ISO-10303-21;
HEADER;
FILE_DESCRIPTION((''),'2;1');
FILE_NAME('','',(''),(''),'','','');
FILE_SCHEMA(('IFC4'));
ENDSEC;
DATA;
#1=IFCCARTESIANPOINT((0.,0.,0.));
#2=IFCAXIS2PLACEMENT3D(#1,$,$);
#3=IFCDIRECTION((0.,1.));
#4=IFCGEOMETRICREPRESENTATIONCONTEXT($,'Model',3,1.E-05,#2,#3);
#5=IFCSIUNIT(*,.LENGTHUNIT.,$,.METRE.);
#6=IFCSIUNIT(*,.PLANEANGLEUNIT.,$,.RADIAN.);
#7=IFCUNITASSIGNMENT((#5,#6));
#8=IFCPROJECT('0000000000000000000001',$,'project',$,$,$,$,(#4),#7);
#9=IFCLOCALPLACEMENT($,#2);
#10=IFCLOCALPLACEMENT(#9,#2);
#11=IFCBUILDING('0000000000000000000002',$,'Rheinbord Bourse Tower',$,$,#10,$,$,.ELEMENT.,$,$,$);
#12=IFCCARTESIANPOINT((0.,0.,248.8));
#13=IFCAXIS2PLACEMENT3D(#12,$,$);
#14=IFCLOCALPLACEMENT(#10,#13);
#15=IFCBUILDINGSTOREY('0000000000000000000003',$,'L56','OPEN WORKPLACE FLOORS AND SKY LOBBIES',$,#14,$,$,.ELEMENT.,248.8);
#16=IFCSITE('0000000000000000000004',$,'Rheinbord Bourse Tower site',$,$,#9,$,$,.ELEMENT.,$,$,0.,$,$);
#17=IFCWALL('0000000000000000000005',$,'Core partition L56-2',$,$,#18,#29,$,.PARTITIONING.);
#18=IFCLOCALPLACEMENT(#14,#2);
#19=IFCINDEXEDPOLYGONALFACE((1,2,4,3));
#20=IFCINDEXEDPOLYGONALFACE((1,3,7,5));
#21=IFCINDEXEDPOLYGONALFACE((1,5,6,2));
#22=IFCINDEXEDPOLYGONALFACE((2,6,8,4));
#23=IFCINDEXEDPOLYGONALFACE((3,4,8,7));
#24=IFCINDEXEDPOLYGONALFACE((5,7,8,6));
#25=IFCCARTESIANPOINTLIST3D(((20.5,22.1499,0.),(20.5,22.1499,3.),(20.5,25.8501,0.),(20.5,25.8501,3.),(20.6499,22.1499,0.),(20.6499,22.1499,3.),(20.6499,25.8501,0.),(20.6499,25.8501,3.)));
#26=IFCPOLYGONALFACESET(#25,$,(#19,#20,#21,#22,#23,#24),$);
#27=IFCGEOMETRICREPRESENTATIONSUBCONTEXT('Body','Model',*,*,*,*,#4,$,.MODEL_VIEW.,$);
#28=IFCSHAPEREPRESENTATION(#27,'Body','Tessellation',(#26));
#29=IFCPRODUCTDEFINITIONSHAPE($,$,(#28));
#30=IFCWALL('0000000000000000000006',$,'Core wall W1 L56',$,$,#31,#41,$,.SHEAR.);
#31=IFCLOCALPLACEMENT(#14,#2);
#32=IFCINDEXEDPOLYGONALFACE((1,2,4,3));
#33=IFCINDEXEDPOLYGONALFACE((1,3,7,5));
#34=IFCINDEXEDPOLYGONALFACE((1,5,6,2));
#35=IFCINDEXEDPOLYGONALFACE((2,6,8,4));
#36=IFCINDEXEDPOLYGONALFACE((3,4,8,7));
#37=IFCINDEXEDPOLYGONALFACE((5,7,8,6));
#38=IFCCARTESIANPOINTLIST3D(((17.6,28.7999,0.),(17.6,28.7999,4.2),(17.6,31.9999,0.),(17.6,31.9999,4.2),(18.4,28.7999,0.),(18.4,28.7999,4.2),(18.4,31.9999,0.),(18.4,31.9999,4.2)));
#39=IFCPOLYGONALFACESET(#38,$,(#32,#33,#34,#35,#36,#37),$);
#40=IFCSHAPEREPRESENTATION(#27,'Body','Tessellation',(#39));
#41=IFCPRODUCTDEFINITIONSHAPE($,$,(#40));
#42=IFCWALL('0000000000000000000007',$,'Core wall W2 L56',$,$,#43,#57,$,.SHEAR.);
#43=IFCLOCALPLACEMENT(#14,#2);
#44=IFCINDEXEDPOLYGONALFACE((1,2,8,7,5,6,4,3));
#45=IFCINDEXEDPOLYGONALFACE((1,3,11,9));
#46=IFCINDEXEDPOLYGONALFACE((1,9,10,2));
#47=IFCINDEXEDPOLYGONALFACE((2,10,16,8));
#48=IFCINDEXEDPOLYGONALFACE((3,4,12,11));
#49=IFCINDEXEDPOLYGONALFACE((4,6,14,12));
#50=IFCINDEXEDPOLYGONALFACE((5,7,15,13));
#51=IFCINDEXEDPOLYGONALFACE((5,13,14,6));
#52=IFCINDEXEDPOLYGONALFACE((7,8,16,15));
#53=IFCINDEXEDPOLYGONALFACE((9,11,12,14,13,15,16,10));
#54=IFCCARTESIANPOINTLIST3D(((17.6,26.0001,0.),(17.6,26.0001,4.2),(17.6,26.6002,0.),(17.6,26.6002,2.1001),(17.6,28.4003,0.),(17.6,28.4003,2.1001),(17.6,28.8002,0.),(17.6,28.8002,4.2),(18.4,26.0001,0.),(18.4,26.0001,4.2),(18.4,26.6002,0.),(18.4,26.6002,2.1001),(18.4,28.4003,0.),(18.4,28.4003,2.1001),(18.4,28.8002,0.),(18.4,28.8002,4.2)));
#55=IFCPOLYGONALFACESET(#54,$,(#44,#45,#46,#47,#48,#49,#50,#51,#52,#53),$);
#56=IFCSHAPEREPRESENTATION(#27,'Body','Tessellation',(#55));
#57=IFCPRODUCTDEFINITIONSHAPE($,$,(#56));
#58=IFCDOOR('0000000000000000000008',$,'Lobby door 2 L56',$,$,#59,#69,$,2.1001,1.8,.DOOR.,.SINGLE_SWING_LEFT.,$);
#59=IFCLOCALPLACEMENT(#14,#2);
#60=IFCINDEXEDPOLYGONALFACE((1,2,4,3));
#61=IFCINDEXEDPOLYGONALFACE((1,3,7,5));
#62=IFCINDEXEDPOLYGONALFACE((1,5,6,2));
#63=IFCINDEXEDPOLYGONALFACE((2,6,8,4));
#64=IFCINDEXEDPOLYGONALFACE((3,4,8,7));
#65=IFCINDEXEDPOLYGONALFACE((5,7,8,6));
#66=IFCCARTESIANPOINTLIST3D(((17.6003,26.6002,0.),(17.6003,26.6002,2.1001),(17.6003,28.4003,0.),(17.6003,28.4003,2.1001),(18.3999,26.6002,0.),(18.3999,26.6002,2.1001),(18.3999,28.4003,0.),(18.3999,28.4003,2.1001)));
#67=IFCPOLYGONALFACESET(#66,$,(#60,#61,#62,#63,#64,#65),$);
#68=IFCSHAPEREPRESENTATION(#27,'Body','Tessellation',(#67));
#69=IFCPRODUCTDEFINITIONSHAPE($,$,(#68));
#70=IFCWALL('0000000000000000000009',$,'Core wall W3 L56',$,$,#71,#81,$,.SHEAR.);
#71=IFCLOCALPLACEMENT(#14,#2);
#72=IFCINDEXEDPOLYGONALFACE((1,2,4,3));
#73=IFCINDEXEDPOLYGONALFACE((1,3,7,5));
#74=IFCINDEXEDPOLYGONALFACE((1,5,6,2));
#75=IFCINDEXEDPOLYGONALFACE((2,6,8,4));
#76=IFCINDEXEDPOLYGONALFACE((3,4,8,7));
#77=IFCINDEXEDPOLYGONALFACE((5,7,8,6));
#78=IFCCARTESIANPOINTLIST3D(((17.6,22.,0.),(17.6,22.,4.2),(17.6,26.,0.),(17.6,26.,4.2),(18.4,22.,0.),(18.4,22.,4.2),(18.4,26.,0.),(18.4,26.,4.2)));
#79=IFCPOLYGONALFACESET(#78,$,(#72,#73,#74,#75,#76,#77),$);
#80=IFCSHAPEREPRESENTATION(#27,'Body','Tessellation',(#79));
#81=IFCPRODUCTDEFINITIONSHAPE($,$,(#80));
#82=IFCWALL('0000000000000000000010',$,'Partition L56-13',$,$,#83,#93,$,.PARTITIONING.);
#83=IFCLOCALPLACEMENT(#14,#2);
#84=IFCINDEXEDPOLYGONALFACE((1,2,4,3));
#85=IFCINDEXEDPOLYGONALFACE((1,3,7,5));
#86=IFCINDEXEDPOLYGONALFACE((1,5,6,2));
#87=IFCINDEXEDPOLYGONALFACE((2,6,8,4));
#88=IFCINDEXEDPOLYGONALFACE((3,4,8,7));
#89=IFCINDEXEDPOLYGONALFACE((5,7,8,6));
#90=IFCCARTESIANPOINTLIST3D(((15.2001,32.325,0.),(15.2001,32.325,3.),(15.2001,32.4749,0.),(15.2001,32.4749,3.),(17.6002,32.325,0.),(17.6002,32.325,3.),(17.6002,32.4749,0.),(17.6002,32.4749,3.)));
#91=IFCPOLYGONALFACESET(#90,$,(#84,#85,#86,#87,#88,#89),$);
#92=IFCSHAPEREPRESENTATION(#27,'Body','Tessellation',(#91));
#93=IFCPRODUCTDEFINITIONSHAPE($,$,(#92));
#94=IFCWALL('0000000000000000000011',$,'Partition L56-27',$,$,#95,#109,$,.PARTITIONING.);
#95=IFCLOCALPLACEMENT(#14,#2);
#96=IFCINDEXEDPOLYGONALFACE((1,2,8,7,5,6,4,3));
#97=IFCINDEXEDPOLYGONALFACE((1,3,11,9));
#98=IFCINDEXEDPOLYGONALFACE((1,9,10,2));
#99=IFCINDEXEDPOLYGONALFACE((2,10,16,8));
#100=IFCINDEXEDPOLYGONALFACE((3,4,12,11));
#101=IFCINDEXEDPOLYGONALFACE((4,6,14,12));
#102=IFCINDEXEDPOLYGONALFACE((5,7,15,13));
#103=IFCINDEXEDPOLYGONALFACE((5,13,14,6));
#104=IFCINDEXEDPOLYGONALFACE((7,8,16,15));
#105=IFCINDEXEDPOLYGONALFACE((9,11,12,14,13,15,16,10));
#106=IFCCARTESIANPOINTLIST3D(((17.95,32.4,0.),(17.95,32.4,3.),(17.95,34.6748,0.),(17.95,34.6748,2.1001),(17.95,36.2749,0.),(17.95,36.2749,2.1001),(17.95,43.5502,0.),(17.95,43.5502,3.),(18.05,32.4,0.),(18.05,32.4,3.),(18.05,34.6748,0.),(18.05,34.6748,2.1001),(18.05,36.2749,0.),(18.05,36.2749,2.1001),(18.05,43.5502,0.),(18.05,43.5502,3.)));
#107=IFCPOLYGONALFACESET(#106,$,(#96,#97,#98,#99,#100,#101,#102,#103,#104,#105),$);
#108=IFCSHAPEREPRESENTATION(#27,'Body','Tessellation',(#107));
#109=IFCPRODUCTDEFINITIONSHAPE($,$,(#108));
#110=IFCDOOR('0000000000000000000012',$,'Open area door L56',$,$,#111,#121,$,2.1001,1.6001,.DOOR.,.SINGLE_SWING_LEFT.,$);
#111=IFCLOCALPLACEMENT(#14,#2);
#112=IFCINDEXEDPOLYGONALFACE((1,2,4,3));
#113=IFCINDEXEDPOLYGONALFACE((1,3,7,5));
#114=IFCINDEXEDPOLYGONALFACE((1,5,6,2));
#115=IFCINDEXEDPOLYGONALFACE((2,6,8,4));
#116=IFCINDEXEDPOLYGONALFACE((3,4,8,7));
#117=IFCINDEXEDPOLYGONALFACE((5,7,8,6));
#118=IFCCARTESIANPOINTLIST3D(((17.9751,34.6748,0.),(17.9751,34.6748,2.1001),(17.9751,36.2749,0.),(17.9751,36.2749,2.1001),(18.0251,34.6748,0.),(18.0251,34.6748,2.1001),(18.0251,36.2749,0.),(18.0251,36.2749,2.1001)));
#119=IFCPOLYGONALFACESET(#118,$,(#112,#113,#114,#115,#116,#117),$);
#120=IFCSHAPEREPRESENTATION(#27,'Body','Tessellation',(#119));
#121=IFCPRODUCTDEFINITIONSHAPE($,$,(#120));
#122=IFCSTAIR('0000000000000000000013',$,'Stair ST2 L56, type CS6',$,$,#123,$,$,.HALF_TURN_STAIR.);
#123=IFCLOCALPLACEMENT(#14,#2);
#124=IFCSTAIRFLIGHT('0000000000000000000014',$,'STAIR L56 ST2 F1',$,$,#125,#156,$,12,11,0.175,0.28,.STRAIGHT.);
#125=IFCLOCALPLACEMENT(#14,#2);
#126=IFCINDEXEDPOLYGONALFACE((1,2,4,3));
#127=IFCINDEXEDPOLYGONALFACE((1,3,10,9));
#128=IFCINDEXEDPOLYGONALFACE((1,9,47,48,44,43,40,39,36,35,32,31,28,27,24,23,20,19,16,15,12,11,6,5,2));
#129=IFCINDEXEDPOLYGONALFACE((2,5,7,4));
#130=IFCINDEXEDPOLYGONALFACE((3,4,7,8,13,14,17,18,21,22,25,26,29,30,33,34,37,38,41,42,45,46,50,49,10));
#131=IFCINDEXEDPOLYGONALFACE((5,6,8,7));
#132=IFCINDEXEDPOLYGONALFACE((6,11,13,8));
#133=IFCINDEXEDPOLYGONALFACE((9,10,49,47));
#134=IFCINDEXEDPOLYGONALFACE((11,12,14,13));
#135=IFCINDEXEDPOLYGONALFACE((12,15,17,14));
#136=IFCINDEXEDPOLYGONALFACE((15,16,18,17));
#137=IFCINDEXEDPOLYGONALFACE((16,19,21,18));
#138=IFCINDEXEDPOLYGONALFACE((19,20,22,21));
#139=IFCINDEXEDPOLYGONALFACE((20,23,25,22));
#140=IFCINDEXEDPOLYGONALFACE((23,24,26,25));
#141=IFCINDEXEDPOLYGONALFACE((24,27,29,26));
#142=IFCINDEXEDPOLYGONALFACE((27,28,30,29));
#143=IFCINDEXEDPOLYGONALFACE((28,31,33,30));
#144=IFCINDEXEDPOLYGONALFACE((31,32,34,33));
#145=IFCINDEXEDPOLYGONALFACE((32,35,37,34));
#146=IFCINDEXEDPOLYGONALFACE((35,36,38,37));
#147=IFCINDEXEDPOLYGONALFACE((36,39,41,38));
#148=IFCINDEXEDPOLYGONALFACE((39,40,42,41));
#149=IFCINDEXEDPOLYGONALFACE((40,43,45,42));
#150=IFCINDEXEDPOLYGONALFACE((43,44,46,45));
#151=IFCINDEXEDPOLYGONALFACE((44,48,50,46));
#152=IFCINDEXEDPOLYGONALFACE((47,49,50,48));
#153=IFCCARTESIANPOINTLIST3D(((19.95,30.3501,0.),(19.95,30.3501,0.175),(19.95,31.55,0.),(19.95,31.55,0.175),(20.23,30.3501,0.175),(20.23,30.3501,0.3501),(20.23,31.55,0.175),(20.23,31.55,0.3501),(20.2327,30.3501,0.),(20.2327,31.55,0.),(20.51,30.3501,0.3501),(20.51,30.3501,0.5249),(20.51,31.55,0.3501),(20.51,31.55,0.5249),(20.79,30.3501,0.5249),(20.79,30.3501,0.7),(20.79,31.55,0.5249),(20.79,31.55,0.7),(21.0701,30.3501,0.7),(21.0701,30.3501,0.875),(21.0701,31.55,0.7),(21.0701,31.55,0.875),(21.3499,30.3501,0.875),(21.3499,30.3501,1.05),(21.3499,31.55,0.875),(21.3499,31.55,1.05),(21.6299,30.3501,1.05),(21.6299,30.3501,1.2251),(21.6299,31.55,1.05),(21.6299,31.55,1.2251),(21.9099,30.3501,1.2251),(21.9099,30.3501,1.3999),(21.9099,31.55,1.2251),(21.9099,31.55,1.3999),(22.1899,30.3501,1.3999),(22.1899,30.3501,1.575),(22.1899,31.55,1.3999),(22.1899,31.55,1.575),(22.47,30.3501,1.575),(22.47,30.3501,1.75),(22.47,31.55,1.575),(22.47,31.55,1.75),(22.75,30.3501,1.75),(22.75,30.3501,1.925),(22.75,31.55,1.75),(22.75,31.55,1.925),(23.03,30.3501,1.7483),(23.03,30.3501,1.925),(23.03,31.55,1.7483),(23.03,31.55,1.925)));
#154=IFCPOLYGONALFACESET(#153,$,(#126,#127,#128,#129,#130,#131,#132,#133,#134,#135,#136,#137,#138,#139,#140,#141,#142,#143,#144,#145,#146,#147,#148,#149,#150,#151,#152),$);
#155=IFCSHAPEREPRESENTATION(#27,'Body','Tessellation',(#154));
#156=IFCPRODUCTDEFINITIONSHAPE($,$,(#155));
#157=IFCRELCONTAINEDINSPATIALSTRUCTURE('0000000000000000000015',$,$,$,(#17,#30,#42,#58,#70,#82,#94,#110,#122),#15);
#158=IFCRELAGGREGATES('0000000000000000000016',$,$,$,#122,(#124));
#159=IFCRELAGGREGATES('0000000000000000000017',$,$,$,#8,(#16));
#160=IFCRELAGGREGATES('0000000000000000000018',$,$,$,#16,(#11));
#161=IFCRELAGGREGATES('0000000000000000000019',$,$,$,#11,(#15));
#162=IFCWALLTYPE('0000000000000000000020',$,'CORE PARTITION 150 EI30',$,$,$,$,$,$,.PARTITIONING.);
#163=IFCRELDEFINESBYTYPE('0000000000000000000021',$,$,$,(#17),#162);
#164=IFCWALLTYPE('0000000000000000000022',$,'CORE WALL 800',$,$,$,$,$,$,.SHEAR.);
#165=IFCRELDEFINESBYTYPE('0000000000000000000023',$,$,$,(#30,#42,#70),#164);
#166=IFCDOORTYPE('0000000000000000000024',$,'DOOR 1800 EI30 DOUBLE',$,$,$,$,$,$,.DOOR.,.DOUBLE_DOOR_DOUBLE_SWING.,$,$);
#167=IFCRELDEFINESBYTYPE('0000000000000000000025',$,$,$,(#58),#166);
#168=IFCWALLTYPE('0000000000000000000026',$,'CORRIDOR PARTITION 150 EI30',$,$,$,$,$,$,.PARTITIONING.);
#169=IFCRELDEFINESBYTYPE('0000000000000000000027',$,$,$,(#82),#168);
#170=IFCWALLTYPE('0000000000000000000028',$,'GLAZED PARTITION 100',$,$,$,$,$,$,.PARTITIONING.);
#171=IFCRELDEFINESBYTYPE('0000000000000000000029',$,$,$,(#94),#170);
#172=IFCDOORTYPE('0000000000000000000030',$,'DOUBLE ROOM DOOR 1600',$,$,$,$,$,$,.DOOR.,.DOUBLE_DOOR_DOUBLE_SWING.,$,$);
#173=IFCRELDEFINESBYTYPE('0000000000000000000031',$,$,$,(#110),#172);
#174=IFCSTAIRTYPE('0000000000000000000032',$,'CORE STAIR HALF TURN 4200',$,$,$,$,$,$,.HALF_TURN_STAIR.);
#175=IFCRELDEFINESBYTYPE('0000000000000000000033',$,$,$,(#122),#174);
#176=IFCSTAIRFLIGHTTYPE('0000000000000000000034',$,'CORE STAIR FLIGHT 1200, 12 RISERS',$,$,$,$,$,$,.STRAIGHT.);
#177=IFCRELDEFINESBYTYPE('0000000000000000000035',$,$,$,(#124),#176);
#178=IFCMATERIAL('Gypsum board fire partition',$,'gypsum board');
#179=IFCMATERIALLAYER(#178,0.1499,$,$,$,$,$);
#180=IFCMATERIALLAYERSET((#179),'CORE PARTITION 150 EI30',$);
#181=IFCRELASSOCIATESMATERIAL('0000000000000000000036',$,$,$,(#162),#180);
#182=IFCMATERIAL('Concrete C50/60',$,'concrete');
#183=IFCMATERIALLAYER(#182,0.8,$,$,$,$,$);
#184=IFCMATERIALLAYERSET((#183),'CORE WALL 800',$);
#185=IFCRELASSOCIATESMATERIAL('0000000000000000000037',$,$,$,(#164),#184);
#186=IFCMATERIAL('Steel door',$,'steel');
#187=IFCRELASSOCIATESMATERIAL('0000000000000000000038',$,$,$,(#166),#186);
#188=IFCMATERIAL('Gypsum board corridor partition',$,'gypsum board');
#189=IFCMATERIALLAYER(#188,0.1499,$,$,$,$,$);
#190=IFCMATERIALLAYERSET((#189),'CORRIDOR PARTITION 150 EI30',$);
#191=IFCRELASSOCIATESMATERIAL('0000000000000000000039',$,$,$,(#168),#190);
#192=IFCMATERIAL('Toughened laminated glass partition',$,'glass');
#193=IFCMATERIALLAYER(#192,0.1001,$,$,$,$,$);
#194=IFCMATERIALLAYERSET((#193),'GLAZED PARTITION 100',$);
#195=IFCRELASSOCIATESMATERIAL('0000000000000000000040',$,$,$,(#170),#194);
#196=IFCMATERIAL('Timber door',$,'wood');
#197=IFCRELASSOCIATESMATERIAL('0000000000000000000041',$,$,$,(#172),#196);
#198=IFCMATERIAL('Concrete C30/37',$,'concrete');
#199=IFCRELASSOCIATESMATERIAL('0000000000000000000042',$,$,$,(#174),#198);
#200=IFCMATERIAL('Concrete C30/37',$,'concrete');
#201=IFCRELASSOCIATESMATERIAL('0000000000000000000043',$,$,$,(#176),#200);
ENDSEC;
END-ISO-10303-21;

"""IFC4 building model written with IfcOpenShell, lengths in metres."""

from ifc_helpers import new_model, si_unit, direction, frame, frame_2d, origin, place, context, subcontext, project, spatial, polyline, rectangle, outline, extrude, material, layer, layer_set, type_object, element, fill, aggregate, save


model = new_model("IFC4")

# Units and contexts
model_context = context("Model", 3, precision=1e-05, world=origin(), true_north=direction((0.0, 1.0)))
body_context = subcontext(model_context, "Body", "Model", "MODEL_VIEW")
ifc_project = project(units=[si_unit("LENGTHUNIT", "METRE"), si_unit("PLANEANGLEUNIT", "RADIAN")], contexts=[model_context])

# Site, building, storey
site_placement = place(None, origin())
site = spatial("IfcSite", under=ifc_project, at=site_placement, Name="Rheinbord Bourse Tower site", CompositionType="ELEMENT", RefElevation=0.0)
building_placement = place(site_placement, origin())
building = spatial("IfcBuilding", under=site, at=building_placement, Name="Rheinbord Bourse Tower", CompositionType="ELEMENT")
storey_placement = place(building_placement, frame((0.0, 0.0, 248.8)))
storey = spatial("IfcBuildingStorey", under=building, at=storey_placement, Name="L56", Description="OPEN WORKPLACE FLOORS AND SKY LOBBIES", CompositionType="ELEMENT", Elevation=248.8)

# Walls
ifc_material_1 = material(Name="Gypsum board fire partition", Category="gypsum board")
ifc_layer_1 = layer(ifc_material_1, 0.1499)
ifc_layer_set_1 = layer_set([ifc_layer_1], Name="CORE PARTITION 150 EI30")
wall_type_1 = type_object("IfcWallType", Name="CORE PARTITION 150 EI30", PredefinedType="PARTITIONING", material=ifc_layer_set_1)
wall_1_placement = place(storey_placement, frame((20.575, 22.1499, 0.0), z_axis=(0.0, 0.0, 1.0), x_axis=(0.0, 1.0, 0.0)))
element("IfcWall", 1, at=wall_1_placement, inside=storey, type_object=wall_type_1, Name="Core partition L56-2", PredefinedType="PARTITIONING", context=body_context, shape_type="SweptSolid", body=[
    extrude(rectangle(XDim=3.7002, YDim=0.1499, at=frame_2d((1.8501, 0.0))), origin(), (0.0, 0.0, 1.0), 3.0),
])
ifc_material_2 = material(Name="Concrete C50/60", Category="concrete")
ifc_layer_2 = layer(ifc_material_2, 0.8)
ifc_layer_set_2 = layer_set([ifc_layer_2], Name="CORE WALL 800")
wall_type_2 = type_object("IfcWallType", Name="CORE WALL 800", PredefinedType="SHEAR", material=ifc_layer_set_2)
wall_2_placement = place(storey_placement, frame((18.0, 32.0, 0.0), z_axis=(0.0, 0.0, 1.0), x_axis=(0.0, -1.0, 0.0)))
element("IfcWall", 2, at=wall_2_placement, inside=storey, type_object=wall_type_2, Name="Core wall W1 L56", PredefinedType="SHEAR", context=body_context, shape_type="SweptSolid", body=[
    extrude(rectangle(XDim=3.2, YDim=0.8, at=frame_2d((1.6001, 0.0))), origin(), (0.0, 0.0, 1.0), 4.2),
])

# Wall, opening, door
wall_3_placement = place(storey_placement, frame((18.0, 28.8, 0.0), z_axis=(0.0, 0.0, 1.0), x_axis=(0.0, -1.0, 0.0)))
wall_3 = element("IfcWall", 3, at=wall_3_placement, inside=storey, type_object=wall_type_2, Name="Core wall W2 L56", PredefinedType="SHEAR", context=body_context, shape_type="SweptSolid", body=[
    extrude(rectangle(XDim=2.8, YDim=0.8, at=frame_2d((1.3999, 0.0))), origin(), (0.0, 0.0, 1.0), 4.2),
])
opening_1_placement = place(wall_3_placement, frame((0.3999, 0.0, 0.0)))
opening_1 = element("IfcOpeningElement", 4, at=opening_1_placement, cuts=wall_3, PredefinedType="OPENING", context=body_context, shape_type="SweptSolid", body=[
    extrude(rectangle(XDim=1.8, YDim=2.1001, at=frame_2d((0.8999, 1.05))), frame((0.0, 0.4099, 0.0), z_axis=(0.0, -1.0, 0.0), x_axis=(1.0, 0.0, 0.0)), (0.0, 0.0, 1.0), 0.8201),
])
ifc_material_3 = material(Name="Steel door", Category="steel")
door_type_1 = type_object("IfcDoorType", Name="DOOR 1800 EI30 DOUBLE", OperationType="DOUBLE_DOOR_DOUBLE_SWING", PredefinedType="DOOR", material=ifc_material_3)
door_1_placement = place(opening_1_placement, origin())
door_1 = element("IfcDoor", 5, at=door_1_placement, inside=storey, type_object=door_type_1, Name="Lobby door 2 L56", OperationType="SINGLE_SWING_LEFT", OverallHeight=2.1001, OverallWidth=1.8, PredefinedType="DOOR", context=body_context, shape_type="SweptSolid", body=[
    extrude(rectangle(XDim=1.8, YDim=2.1001, at=frame_2d((0.8999, 1.05))), frame((0.0, 0.3999, 0.0), z_axis=(0.0, -1.0, 0.0), x_axis=(1.0, 0.0, 0.0)), (0.0, 0.0, 1.0), 0.7996),
])
fill(opening_1, door_1)

# Walls
wall_4_placement = place(storey_placement, frame((18.0, 26.0, 0.0), z_axis=(0.0, 0.0, 1.0), x_axis=(0.0, -1.0, 0.0)))
element("IfcWall", 6, at=wall_4_placement, inside=storey, type_object=wall_type_2, Name="Core wall W3 L56", PredefinedType="SHEAR", context=body_context, shape_type="SweptSolid", body=[
    extrude(rectangle(XDim=4.0, YDim=0.8, at=frame_2d((2.0, 0.0))), origin(), (0.0, 0.0, 1.0), 4.2),
])
ifc_material_4 = material(Name="Gypsum board corridor partition", Category="gypsum board")
ifc_layer_3 = layer(ifc_material_4, 0.1499)
ifc_layer_set_3 = layer_set([ifc_layer_3], Name="CORRIDOR PARTITION 150 EI30")
wall_type_3 = type_object("IfcWallType", Name="CORRIDOR PARTITION 150 EI30", PredefinedType="PARTITIONING", material=ifc_layer_set_3)
wall_5_placement = place(storey_placement, frame((15.2, 32.3999, 0.0), z_axis=(0.0, 0.0, 1.0), x_axis=(1.0, 0.0, 0.0)))
element("IfcWall", 7, at=wall_5_placement, inside=storey, type_object=wall_type_3, Name="Partition L56-13", PredefinedType="PARTITIONING", context=body_context, shape_type="SweptSolid", body=[
    extrude(rectangle(XDim=2.4001, YDim=0.1499, at=frame_2d((1.2002, 0.0))), origin(), (0.0, 0.0, 1.0), 3.0),
])

# Wall, opening, door
ifc_material_5 = material(Name="Toughened laminated glass partition", Category="glass")
ifc_layer_4 = layer(ifc_material_5, 0.1001)
ifc_layer_set_4 = layer_set([ifc_layer_4], Name="GLAZED PARTITION 100")
wall_type_4 = type_object("IfcWallType", Name="GLAZED PARTITION 100", PredefinedType="PARTITIONING", material=ifc_layer_set_4)
wall_6_placement = place(storey_placement, frame((18.0, 32.3999, 0.0), z_axis=(0.0, 0.0, 1.0), x_axis=(0.0, 1.0, 0.0)))
wall_6 = element("IfcWall", 8, at=wall_6_placement, inside=storey, type_object=wall_type_4, Name="Partition L56-27", PredefinedType="PARTITIONING", context=body_context, shape_type="SweptSolid", body=[
    extrude(rectangle(XDim=11.1501, YDim=0.1001, at=frame_2d((5.5752, 0.0))), origin(), (0.0, 0.0, 1.0), 3.0),
])
opening_2_placement = place(wall_6_placement, frame((2.2749, 0.0, 0.0)))
opening_2 = element("IfcOpeningElement", 9, at=opening_2_placement, cuts=wall_6, PredefinedType="OPENING", context=body_context, shape_type="SweptSolid", body=[
    extrude(rectangle(XDim=1.6001, YDim=2.1001, at=frame_2d((0.8, 1.05))), frame((0.0, 0.0601, 0.0), z_axis=(0.0, -1.0, 0.0), x_axis=(1.0, 0.0, 0.0)), (0.0, 0.0, 1.0), 0.1201),
])
ifc_material_6 = material(Name="Timber door", Category="wood")
door_type_2 = type_object("IfcDoorType", Name="DOUBLE ROOM DOOR 1600", OperationType="DOUBLE_DOOR_DOUBLE_SWING", PredefinedType="DOOR", material=ifc_material_6)
door_2_placement = place(opening_2_placement, origin())
door_2 = element("IfcDoor", 10, at=door_2_placement, inside=storey, type_object=door_type_2, Name="Open area door L56", OperationType="SINGLE_SWING_LEFT", OverallHeight=2.1001, OverallWidth=1.6001, PredefinedType="DOOR", context=body_context, shape_type="SweptSolid", body=[
    extrude(rectangle(XDim=1.6001, YDim=2.1001, at=frame_2d((0.8, 1.05))), frame((0.0, 0.0249, 0.0), z_axis=(0.0, -1.0, 0.0), x_axis=(1.0, 0.0, 0.0)), (0.0, 0.0, 1.0), 0.05),
])
fill(opening_2, door_2)

# Stair, stair flight
ifc_material_7 = material(Name="Concrete C30/37", Category="concrete")
stair_type = type_object("IfcStairType", Name="CORE STAIR HALF TURN 4200", PredefinedType="HALF_TURN_STAIR", material=ifc_material_7)
stair_placement = place(storey_placement, origin())
stair = element("IfcStair", 11, at=stair_placement, inside=storey, type_object=stair_type, Name="Stair ST2 L56, type CS6", PredefinedType="HALF_TURN_STAIR")
ifc_material_8 = material(Name="Concrete C30/37", Category="concrete")
stair_flight_type = type_object("IfcStairFlightType", Name="CORE STAIR FLIGHT 1200, 12 RISERS", PredefinedType="STRAIGHT", material=ifc_material_8)
stair_flight_1_placement = place(storey_placement, frame((19.95, 30.95, 0.0), z_axis=(0.0, 0.0, 1.0), x_axis=(1.0, 0.0, 0.0)))
stair_flight_1 = element("IfcStairFlight", 12, at=stair_flight_1_placement, type_object=stair_flight_type, Name="STAIR L56 ST2 F1", NumberOfRisers=12, NumberOfTreads=11, PredefinedType="STRAIGHT", RiserHeight=0.175, TreadLength=0.28, context=body_context, shape_type="SweptSolid", body=[
    extrude(outline(polyline([(0.0, 0.0), (0.0, 0.175), (0.28, 0.175), (0.28, 0.3501), (0.5601, 0.3501), (0.5601, 0.5249), (0.8401, 0.5249), (0.8401, 0.7), (1.1201, 0.7), (1.1201, 0.875), (1.3999, 0.875), (1.3999, 1.05), (1.6799, 1.05), (1.6799, 1.2251), (1.96, 1.2251), (1.96, 1.3999), (2.24, 1.3999), (2.24, 1.575), (2.52, 1.575), (2.52, 1.75), (2.8, 1.75), (2.8, 1.925), (3.0801, 1.925), (3.0801, 2.1001), (3.0801, 1.7483), (0.2827, 0.0), (0.0, 0.0)])), frame((0.0, 0.6001, 0.0), z_axis=(0.0, -1.0, 0.0), x_axis=(1.0, 0.0, 0.0)), (0.0, 0.0, 1.0), 1.2),
])
aggregate(stair, [stair_flight_1])

save(model, "model.ifc")
